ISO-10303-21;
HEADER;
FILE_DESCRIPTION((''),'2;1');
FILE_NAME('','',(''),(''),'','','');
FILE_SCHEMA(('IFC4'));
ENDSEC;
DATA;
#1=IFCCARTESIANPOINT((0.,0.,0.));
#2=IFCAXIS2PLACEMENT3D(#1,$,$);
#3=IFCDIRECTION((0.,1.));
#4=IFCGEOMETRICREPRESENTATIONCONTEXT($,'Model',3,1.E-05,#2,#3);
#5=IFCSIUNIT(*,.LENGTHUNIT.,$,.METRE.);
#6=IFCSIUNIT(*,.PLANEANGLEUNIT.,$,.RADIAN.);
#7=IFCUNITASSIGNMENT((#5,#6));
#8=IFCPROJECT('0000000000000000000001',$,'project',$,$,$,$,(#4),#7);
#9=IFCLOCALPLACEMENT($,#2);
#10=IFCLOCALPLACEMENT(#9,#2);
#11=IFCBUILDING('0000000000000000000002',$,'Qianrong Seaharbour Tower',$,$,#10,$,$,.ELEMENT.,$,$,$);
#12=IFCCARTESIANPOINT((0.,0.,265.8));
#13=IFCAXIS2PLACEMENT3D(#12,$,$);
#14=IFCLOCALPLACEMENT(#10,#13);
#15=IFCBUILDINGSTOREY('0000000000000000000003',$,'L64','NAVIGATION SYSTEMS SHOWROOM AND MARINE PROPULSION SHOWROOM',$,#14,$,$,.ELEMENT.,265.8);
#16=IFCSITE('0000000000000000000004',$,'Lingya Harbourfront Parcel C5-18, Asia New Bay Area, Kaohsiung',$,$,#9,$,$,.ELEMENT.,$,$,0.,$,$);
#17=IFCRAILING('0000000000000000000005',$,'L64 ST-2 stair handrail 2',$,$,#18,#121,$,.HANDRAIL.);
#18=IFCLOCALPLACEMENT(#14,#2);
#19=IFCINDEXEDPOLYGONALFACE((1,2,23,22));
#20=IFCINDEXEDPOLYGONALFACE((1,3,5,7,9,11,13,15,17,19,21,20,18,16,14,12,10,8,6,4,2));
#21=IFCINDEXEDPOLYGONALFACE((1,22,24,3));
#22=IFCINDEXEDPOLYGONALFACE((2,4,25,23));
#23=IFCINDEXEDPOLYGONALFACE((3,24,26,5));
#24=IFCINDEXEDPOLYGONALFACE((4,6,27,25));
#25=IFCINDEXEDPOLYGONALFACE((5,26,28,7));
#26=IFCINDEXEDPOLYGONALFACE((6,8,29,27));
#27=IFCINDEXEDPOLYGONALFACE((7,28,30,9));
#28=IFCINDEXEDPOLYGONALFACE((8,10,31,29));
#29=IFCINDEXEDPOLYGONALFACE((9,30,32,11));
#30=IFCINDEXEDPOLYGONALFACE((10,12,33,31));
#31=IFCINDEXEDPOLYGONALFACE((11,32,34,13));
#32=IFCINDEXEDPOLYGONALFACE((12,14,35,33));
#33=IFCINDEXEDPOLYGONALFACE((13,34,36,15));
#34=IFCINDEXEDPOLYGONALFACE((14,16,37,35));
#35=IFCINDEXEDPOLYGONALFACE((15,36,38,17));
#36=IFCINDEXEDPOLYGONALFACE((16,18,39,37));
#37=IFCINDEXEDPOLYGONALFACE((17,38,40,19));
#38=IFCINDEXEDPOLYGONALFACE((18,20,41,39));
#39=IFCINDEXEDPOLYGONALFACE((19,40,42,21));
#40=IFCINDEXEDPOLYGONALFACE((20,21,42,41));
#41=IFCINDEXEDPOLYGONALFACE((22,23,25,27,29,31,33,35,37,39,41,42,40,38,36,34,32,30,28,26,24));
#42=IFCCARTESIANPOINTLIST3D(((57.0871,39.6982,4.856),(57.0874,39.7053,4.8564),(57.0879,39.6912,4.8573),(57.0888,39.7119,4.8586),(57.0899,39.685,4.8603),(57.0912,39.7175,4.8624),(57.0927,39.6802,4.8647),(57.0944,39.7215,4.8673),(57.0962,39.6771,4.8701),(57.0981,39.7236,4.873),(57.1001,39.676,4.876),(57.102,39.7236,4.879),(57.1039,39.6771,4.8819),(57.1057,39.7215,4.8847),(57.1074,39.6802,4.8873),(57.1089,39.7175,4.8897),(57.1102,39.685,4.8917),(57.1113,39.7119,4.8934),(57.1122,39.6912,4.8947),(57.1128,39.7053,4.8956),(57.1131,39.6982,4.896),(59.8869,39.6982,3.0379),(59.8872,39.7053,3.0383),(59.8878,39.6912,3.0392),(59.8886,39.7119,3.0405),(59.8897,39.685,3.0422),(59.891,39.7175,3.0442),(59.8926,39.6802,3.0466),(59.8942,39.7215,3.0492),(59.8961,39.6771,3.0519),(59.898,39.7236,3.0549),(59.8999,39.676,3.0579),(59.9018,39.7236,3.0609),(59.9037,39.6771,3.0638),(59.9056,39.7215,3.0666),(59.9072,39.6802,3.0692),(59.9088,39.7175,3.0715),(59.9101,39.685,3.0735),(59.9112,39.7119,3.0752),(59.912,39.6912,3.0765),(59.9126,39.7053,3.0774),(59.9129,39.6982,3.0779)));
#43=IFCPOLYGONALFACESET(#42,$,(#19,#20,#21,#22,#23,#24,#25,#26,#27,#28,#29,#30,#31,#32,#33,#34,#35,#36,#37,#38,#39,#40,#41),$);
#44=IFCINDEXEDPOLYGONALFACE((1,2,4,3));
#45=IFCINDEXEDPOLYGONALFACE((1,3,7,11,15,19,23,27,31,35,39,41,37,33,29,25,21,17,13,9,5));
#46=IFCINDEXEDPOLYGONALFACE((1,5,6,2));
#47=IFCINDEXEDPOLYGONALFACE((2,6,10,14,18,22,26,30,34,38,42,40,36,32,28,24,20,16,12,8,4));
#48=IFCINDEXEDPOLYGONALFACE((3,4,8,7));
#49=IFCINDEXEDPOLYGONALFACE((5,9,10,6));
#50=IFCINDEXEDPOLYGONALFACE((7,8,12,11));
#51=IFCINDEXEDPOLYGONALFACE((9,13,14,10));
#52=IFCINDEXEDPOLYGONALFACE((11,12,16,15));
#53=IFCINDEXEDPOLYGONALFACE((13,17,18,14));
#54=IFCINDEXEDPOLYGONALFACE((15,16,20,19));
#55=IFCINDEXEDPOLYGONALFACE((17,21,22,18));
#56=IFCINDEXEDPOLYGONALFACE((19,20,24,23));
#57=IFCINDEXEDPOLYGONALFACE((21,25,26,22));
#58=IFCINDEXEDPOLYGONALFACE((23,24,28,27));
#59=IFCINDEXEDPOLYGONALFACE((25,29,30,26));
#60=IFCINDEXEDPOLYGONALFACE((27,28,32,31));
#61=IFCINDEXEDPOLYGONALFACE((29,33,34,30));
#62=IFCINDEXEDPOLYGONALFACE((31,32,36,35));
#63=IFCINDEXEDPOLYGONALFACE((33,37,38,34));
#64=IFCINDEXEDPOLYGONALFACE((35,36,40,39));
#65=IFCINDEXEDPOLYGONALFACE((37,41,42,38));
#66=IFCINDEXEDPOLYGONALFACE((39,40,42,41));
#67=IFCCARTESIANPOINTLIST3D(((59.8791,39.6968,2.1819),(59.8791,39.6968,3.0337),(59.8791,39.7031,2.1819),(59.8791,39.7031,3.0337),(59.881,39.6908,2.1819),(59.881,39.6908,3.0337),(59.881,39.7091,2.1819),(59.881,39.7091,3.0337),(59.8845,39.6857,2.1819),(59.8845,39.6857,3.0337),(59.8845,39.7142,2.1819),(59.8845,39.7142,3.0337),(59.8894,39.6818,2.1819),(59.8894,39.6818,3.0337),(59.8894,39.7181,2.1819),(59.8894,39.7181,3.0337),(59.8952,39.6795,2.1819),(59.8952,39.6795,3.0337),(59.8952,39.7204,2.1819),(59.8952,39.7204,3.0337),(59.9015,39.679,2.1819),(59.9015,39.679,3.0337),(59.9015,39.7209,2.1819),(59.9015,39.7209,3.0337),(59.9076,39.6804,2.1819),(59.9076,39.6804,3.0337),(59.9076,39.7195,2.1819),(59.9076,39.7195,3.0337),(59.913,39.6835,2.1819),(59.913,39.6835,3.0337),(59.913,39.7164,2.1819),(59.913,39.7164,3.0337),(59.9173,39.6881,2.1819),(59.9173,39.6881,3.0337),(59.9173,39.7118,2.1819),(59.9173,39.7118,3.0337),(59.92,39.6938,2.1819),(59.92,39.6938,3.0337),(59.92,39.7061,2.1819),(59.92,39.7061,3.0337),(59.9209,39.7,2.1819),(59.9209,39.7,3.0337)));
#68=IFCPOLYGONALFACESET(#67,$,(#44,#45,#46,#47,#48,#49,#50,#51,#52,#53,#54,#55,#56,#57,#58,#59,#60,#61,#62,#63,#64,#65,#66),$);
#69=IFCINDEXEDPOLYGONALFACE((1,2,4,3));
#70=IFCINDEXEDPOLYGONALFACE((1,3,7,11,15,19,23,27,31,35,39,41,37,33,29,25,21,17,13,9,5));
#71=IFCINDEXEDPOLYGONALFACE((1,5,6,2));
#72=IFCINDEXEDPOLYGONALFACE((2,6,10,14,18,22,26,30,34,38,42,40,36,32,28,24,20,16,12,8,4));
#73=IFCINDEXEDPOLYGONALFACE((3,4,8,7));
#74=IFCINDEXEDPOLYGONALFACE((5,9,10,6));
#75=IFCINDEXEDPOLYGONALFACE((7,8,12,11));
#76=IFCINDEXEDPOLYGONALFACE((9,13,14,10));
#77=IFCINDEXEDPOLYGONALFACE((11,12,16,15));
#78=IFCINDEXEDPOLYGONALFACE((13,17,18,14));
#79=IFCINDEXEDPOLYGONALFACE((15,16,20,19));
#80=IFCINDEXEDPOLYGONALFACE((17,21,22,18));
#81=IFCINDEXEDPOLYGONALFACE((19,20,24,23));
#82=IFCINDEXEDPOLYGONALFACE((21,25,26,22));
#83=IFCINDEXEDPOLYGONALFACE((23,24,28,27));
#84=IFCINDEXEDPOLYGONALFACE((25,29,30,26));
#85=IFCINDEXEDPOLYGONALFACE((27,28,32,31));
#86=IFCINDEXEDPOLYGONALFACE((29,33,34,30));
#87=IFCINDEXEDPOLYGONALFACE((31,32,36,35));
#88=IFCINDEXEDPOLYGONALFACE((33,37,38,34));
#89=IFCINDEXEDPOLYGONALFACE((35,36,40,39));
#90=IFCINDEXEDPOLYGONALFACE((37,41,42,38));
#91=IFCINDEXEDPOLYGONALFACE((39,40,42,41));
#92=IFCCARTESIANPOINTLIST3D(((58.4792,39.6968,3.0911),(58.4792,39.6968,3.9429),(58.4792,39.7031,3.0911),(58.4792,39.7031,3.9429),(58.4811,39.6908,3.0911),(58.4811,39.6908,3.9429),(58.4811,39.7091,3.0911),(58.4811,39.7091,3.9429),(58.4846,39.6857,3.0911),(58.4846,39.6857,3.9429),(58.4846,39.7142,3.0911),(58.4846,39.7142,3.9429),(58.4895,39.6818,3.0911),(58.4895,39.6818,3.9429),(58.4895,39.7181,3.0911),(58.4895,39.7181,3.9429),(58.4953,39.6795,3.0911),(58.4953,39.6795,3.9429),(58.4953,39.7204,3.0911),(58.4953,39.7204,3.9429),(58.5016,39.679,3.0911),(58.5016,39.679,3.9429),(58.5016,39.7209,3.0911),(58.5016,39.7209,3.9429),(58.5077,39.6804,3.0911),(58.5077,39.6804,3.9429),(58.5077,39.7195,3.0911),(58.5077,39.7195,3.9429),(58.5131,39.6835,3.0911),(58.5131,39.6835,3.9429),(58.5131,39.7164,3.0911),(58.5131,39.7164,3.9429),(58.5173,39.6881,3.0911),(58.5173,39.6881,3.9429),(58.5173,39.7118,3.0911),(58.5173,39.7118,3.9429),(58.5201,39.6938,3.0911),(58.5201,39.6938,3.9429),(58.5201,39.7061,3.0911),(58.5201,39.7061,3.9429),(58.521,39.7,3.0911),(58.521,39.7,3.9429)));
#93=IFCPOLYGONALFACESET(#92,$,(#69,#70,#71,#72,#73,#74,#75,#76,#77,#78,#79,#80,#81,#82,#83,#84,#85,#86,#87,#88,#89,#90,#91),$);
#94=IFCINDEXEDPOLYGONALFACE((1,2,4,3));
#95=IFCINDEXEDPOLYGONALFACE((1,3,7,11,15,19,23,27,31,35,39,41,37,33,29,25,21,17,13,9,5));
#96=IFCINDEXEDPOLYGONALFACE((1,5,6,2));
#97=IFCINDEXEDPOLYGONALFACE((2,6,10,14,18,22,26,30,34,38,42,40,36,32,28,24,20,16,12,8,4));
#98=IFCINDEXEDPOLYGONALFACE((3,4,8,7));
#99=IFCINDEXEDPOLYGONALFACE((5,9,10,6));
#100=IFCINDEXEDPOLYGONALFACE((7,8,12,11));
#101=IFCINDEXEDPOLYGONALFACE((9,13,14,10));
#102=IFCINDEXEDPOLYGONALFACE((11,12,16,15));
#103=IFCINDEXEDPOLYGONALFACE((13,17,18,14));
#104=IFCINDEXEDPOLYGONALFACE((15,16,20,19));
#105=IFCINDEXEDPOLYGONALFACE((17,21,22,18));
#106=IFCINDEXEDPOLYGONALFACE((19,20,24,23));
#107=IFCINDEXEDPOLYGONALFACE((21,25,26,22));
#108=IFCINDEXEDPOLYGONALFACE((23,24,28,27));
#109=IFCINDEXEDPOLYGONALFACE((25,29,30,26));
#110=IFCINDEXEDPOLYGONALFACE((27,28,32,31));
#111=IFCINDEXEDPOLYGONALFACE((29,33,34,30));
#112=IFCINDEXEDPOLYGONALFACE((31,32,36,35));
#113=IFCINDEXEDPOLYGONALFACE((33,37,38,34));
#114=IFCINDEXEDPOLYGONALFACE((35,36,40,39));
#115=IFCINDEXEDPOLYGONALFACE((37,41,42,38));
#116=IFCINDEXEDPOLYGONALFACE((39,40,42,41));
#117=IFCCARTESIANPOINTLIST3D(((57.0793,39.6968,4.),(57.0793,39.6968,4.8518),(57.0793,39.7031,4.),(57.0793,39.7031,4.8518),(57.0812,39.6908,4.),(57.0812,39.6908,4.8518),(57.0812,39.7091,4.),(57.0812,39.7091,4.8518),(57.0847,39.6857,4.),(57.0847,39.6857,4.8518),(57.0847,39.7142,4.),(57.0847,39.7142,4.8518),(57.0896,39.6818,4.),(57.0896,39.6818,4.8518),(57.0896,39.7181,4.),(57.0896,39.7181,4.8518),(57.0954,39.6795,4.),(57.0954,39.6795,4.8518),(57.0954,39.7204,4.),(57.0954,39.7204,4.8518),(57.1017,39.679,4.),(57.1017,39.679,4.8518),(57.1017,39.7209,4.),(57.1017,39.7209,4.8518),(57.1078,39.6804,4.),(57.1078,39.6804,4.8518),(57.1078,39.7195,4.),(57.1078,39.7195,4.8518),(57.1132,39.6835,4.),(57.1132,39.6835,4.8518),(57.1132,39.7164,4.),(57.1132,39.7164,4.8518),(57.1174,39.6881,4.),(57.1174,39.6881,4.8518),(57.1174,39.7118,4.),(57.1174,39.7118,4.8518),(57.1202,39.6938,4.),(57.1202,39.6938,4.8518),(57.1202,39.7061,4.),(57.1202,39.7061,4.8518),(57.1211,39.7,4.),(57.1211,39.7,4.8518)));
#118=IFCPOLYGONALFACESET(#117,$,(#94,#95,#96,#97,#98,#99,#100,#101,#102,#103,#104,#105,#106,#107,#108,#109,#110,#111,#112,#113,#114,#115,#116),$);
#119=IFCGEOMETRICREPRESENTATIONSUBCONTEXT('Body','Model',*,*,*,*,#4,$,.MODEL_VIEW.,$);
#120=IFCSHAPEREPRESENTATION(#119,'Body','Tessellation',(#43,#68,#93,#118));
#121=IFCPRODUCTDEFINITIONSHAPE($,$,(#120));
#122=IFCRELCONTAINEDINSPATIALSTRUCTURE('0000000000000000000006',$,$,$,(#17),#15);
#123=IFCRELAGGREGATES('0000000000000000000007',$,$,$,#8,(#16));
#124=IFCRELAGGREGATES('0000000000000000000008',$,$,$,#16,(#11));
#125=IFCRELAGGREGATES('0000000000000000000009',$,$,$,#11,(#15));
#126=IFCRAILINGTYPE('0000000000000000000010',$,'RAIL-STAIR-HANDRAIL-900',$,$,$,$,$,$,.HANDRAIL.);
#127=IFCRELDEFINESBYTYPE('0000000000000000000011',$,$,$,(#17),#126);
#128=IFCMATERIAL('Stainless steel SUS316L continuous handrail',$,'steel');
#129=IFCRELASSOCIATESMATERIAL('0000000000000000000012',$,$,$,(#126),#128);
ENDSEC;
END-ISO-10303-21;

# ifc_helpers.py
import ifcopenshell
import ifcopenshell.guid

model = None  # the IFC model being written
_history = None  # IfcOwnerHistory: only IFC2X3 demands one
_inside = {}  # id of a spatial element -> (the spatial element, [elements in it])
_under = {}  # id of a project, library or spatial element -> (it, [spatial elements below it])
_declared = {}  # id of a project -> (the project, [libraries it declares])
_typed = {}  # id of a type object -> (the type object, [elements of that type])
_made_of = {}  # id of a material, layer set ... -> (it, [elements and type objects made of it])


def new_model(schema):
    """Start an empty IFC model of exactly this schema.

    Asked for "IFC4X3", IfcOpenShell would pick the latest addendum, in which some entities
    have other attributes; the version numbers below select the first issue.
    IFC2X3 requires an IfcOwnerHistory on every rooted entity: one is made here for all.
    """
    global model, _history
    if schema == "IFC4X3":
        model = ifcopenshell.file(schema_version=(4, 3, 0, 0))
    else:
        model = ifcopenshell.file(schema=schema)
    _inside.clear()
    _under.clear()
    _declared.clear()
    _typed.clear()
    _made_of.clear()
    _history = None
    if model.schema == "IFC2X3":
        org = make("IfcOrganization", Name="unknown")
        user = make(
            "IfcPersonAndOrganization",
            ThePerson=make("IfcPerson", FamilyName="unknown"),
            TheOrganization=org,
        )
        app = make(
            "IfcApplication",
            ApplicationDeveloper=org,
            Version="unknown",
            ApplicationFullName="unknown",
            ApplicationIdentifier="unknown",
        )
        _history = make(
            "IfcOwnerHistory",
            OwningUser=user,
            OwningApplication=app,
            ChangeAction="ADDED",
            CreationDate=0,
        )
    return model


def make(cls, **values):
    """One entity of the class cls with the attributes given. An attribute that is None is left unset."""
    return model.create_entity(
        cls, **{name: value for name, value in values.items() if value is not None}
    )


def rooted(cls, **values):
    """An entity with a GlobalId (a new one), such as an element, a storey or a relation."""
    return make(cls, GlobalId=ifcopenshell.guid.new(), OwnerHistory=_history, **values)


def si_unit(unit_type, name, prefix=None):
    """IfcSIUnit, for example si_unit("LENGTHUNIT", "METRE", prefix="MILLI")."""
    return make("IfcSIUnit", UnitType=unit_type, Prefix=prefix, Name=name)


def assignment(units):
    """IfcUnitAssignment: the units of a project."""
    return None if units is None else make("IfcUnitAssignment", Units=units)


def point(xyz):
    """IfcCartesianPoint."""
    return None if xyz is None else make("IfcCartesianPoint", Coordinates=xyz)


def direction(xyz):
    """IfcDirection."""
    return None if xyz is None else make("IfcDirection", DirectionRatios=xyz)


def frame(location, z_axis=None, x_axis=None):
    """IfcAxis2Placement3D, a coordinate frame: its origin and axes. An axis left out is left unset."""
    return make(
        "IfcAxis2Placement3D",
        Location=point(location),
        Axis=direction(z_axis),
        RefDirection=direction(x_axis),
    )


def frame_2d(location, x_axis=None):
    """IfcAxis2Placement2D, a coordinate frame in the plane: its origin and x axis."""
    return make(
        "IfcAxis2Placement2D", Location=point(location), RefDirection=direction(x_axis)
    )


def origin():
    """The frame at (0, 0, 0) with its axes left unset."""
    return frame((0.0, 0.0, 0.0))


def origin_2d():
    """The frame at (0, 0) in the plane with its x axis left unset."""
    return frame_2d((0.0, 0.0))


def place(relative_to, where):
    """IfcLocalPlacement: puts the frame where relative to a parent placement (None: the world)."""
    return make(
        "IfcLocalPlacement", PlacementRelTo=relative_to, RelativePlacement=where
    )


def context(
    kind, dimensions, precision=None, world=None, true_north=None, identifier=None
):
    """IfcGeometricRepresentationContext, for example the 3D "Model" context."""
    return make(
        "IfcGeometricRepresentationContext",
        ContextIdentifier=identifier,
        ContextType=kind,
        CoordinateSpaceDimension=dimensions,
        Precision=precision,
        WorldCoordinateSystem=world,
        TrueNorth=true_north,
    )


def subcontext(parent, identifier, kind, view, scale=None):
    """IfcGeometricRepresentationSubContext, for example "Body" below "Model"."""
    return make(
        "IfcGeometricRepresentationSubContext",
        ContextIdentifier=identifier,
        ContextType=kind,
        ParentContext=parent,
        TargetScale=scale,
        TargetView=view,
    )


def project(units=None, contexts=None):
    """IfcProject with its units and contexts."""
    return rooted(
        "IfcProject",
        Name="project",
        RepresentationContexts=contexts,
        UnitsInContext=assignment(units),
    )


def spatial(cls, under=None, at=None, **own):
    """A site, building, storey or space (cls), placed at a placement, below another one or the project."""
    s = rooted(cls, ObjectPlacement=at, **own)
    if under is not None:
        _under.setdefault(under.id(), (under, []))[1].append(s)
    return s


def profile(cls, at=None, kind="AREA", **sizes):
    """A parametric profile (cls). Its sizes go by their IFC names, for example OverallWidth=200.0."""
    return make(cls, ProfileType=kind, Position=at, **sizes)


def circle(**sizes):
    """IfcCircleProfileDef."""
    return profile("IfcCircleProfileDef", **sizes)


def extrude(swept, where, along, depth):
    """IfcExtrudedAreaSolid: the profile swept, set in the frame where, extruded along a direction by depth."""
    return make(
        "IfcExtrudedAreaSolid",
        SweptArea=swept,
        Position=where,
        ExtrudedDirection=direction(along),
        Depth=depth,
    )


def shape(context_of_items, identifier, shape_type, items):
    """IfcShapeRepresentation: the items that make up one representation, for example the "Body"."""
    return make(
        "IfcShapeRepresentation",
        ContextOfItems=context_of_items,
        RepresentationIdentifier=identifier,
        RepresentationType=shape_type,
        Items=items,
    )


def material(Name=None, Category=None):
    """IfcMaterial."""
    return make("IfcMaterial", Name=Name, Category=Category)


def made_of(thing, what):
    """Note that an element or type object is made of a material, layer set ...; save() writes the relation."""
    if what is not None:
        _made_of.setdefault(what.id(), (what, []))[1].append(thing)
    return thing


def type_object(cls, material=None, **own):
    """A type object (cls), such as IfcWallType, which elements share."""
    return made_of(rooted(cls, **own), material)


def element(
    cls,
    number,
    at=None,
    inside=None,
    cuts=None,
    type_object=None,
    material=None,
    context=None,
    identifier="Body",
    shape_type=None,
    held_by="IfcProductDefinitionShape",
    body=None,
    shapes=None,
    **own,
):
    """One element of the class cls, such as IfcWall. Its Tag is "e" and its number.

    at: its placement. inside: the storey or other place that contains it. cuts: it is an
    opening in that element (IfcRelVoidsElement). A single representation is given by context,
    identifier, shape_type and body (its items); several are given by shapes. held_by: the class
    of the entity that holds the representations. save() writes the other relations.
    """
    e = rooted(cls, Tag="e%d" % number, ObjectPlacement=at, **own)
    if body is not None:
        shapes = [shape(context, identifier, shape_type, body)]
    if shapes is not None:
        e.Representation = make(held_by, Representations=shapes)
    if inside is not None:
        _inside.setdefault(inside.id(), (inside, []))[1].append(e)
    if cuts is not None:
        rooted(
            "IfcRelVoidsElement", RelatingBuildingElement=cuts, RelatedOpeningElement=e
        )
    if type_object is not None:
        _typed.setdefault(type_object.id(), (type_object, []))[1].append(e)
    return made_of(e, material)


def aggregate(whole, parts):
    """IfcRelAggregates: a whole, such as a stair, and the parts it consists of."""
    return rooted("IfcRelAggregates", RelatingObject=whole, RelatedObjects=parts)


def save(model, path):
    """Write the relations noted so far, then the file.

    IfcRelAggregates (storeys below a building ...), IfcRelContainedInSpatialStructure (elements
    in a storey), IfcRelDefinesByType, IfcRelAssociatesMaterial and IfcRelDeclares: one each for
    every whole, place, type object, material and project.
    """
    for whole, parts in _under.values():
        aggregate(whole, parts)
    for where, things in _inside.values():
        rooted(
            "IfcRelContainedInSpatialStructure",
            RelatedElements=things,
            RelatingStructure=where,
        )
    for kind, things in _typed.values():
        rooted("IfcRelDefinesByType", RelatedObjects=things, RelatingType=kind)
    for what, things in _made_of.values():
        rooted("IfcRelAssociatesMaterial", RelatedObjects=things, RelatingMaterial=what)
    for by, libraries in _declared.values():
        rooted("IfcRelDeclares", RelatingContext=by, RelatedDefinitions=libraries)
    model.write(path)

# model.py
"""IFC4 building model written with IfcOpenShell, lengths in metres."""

from ifc_helpers import new_model, si_unit, direction, frame, origin, origin_2d, place, context, subcontext, project, spatial, circle, extrude, material, type_object, element, save


model = new_model("IFC4")

# Units and contexts
model_context = context("Model", 3, precision=1e-05, world=origin(), true_north=direction((0.0, 1.0)))
body_context = subcontext(model_context, "Body", "Model", "MODEL_VIEW")
ifc_project = project(units=[si_unit("LENGTHUNIT", "METRE"), si_unit("PLANEANGLEUNIT", "RADIAN")], contexts=[model_context])

# Site, building, storey
site_placement = place(None, origin())
site = spatial("IfcSite", under=ifc_project, at=site_placement, Name="Lingya Harbourfront Parcel C5-18, Asia New Bay Area, Kaohsiung", CompositionType="ELEMENT", RefElevation=0.0)
building_placement = place(site_placement, origin())
building = spatial("IfcBuilding", under=site, at=building_placement, Name="Qianrong Seaharbour Tower", CompositionType="ELEMENT")
storey_placement = place(building_placement, frame((0.0, 0.0, 265.8)))
storey = spatial("IfcBuildingStorey", under=building, at=storey_placement, Name="L64", Description="NAVIGATION SYSTEMS SHOWROOM AND MARINE PROPULSION SHOWROOM", CompositionType="ELEMENT", Elevation=265.8)

# Railing
ifc_material_1 = material(Name="Stainless steel SUS316L continuous handrail", Category="steel")
railing_type_1 = type_object("IfcRailingType", Name="RAIL-STAIR-HANDRAIL-900", PredefinedType="HANDRAIL", material=ifc_material_1)
railing_1_placement = place(storey_placement, frame((59.8999, 39.7, 2.1819)))
element("IfcRailing", 1, at=railing_1_placement, inside=storey, type_object=railing_type_1, Name="L64 ST-2 stair handrail 2", PredefinedType="HANDRAIL", context=body_context, shape_type="SweptSolid", body=[
    extrude(circle(Radius=0.0239, at=origin_2d()), frame((0.0, 0.0, 0.876), z_axis=(-0.838684, 0.0, 0.544618), x_axis=(0.0, -1.0, 0.0)), (0.0, 0.0, 1.0), 3.3384),
    extrude(circle(Radius=0.021, at=origin_2d()), origin(), (0.0, 0.0, 1.0), 0.8518),
    extrude(circle(Radius=0.021, at=origin_2d()), frame((-1.3999, 0.0, 0.9092)), (0.0, 0.0, 1.0), 0.8518),
    extrude(circle(Radius=0.021, at=origin_2d()), frame((-2.7998, 0.0, 1.8181)), (0.0, 0.0, 1.0), 0.8518),
])

save(model, "model.ifc")
